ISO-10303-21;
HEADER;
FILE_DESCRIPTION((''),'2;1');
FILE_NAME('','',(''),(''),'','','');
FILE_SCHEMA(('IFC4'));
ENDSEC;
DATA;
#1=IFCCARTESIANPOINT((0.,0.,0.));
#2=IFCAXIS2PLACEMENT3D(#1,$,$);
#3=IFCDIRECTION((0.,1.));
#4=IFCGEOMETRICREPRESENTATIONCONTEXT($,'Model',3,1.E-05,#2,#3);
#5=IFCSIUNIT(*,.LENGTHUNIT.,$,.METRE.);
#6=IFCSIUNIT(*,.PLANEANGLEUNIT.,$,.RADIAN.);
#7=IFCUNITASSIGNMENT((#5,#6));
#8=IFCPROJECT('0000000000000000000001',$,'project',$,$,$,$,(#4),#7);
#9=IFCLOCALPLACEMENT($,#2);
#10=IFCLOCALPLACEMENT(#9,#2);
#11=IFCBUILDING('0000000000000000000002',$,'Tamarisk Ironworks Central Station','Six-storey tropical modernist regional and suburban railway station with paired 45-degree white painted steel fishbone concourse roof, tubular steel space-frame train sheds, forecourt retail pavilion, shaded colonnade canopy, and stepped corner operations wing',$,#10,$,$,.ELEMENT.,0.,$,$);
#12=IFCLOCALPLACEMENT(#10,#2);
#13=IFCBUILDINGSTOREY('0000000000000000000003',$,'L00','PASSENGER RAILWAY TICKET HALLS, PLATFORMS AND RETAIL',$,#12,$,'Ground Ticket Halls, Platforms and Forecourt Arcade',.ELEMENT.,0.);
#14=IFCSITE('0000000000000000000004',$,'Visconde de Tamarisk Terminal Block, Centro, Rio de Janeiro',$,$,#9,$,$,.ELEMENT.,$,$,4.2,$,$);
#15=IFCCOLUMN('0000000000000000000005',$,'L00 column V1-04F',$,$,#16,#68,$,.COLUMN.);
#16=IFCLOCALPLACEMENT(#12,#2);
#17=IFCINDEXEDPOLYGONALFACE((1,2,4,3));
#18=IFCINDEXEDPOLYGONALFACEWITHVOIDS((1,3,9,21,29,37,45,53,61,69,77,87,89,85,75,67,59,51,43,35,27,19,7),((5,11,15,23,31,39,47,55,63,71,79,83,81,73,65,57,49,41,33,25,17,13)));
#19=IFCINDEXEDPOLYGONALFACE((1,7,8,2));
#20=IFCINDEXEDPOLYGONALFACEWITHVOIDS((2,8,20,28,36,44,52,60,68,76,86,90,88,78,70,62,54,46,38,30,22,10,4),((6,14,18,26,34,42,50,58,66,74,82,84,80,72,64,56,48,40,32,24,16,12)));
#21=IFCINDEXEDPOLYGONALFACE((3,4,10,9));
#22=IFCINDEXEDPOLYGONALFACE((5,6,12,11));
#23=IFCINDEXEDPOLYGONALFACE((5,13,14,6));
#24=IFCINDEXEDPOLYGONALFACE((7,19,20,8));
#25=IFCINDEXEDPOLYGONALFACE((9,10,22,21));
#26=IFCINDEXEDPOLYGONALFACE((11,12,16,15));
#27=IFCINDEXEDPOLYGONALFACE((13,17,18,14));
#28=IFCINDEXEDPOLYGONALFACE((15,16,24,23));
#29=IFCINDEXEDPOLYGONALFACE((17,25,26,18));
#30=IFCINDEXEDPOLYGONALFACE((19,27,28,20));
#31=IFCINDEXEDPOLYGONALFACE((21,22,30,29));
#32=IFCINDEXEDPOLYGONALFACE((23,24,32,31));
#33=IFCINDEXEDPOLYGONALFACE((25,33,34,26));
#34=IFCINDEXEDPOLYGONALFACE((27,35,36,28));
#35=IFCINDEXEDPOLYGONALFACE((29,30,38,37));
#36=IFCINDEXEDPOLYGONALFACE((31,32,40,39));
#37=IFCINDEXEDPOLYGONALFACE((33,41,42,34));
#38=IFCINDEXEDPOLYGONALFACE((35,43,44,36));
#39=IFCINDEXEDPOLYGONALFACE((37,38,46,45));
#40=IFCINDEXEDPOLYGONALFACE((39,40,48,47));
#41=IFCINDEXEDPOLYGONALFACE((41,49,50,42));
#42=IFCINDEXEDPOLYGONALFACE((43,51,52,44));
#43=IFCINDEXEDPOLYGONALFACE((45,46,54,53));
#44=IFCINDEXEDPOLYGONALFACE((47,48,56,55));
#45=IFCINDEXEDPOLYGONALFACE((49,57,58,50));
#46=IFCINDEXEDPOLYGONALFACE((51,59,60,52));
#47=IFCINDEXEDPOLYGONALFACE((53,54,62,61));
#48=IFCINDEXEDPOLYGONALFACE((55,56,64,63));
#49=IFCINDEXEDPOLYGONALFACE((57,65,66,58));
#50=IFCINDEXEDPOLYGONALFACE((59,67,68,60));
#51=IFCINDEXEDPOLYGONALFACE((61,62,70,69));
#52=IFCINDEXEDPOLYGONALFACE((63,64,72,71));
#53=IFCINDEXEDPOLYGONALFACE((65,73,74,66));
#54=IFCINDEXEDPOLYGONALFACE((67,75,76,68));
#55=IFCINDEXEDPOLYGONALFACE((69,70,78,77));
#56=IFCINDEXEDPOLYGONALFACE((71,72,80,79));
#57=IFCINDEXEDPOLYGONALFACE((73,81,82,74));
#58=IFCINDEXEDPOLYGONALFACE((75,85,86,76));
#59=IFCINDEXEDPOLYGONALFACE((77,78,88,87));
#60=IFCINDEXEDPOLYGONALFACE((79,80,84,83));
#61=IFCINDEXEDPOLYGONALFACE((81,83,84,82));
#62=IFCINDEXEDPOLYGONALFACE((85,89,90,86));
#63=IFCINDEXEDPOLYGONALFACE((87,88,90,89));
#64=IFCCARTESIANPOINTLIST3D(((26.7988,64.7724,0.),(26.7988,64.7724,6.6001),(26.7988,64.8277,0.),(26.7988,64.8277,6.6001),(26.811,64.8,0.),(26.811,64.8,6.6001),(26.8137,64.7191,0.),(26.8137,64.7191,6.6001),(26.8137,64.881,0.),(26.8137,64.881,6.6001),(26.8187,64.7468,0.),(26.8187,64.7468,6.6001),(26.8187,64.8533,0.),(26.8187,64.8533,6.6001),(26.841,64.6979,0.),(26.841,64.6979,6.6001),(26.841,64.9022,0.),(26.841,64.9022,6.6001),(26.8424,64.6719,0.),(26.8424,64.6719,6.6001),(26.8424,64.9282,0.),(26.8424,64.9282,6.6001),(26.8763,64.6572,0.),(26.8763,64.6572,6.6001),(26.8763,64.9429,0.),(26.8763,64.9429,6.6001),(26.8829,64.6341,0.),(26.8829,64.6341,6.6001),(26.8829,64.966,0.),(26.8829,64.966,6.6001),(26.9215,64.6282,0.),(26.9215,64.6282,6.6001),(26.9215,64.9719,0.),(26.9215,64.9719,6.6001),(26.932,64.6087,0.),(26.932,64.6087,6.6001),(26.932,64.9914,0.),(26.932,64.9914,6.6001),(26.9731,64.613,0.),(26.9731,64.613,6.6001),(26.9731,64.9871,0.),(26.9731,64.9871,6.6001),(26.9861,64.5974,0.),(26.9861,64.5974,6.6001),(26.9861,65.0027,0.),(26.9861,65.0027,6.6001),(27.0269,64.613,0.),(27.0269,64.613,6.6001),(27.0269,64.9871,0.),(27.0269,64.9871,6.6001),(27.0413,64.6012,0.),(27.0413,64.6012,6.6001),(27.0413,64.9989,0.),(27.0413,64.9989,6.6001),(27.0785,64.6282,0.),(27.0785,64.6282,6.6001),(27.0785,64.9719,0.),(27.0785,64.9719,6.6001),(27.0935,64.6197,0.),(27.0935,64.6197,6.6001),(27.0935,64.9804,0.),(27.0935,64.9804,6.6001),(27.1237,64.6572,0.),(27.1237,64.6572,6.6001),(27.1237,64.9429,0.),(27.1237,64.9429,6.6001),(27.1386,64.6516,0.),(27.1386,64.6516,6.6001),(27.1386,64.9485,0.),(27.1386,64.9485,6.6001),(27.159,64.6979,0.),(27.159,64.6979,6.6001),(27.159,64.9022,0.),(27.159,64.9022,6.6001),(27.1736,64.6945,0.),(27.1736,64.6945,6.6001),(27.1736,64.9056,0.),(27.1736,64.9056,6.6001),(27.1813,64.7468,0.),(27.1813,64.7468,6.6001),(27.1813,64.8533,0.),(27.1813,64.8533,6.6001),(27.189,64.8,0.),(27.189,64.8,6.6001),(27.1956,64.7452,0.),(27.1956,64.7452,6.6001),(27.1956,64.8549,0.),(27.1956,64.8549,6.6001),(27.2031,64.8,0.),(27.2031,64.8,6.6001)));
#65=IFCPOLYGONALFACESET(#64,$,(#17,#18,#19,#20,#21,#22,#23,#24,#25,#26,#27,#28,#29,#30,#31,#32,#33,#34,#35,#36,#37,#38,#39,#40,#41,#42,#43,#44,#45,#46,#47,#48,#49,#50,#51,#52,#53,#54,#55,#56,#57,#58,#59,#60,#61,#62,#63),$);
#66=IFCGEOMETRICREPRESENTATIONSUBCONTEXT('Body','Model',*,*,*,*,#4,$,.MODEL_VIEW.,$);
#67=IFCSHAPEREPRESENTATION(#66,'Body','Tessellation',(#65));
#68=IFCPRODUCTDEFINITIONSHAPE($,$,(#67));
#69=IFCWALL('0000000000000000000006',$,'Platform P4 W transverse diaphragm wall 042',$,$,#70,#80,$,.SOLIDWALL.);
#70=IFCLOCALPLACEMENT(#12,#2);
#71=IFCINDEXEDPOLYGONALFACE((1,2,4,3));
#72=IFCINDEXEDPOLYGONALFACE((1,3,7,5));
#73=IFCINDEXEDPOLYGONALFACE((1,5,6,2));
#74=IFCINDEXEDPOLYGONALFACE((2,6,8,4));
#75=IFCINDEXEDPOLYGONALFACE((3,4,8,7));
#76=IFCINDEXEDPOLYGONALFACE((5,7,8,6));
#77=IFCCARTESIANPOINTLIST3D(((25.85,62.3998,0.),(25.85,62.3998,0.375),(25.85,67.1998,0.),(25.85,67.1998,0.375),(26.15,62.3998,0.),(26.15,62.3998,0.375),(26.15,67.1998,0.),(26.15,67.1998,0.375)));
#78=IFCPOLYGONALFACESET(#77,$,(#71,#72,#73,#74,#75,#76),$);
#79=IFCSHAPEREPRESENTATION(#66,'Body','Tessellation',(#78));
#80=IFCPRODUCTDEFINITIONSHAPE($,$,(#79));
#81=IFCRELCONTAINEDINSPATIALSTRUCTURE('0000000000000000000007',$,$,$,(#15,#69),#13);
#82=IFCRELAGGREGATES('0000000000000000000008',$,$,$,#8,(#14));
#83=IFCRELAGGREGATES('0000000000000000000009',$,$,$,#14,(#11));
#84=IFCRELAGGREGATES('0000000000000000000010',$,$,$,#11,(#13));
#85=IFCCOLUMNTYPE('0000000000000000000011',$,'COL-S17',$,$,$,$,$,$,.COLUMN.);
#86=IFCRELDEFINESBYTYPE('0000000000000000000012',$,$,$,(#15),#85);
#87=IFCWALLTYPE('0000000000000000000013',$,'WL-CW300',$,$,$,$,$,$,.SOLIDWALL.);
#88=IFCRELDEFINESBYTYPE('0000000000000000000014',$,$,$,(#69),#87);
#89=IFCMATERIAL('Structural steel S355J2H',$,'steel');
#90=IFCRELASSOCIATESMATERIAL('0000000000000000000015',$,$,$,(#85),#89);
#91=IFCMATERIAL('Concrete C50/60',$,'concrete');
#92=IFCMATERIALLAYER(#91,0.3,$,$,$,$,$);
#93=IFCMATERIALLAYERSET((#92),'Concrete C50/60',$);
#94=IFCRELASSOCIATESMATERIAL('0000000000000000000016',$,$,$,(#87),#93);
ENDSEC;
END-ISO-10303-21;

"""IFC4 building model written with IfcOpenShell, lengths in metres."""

from ifc_helpers import new_model, si_unit, direction, frame, frame_2d, origin, origin_2d, place, context, subcontext, project, spatial, rectangle, hollow_circle, extrude, material, layer, layer_set, material_profile, profile_set, type_object, element, save


model = new_model("IFC4")

# Units and contexts
model_context = context("Model", 3, precision=1e-05, world=origin(), true_north=direction((0.0, 1.0)))
body_context = subcontext(model_context, "Body", "Model", "MODEL_VIEW")
ifc_project = project(units=[si_unit("LENGTHUNIT", "METRE"), si_unit("PLANEANGLEUNIT", "RADIAN")], contexts=[model_context])

# Site, building, storey
site_placement = place(None, origin())
site = spatial("IfcSite", under=ifc_project, at=site_placement, Name="Visconde de Tamarisk Terminal Block, Centro, Rio de Janeiro", CompositionType="ELEMENT", RefElevation=4.2)
building_placement = place(site_placement, origin())
building = spatial("IfcBuilding", under=site, at=building_placement, Name="Tamarisk Ironworks Central Station", Description="Six-storey tropical modernist regional and suburban railway station with paired 45-degree white painted steel fishbone concourse roof, tubular steel space-frame train sheds, forecourt retail pavilion, shaded colonnade canopy, and stepped corner operations wing", CompositionType="ELEMENT", ElevationOfRefHeight=0.0)
storey_placement = place(building_placement, origin())
storey = spatial("IfcBuildingStorey", under=building, at=storey_placement, Name="L00", Description="PASSENGER RAILWAY TICKET HALLS, PLATFORMS AND RETAIL", LongName="Ground Ticket Halls, Platforms and Forecourt Arcade", CompositionType="ELEMENT", Elevation=0.0)

# Column
ifc_material_1 = material(Name="Structural steel S355J2H", Category="steel")
ifc_material_profile_1 = material_profile(ifc_material_1, hollow_circle(Radius=0.2031, WallThickness=0.0142, at=origin_2d()), Name="CHS 406.4x14.2")
ifc_profile_set_1 = profile_set([ifc_material_profile_1], Name="Structural steel S355J2H")
column_type_1 = type_object("IfcColumnType", Name="COL-S17", PredefinedType="COLUMN", material=ifc_profile_set_1)
for number, where, z_axis, x_axis, name in (
    (1, (27.0, 64.8, 0.0), (0.0, 0.0, 1.0), (1.0, 0.0, 0.0), "L00 column V1-04F"),
):
    element("IfcColumn", number, at=place(storey_placement, frame(where, z_axis=z_axis, x_axis=x_axis)), inside=storey, type_object=column_type_1, Name=name, PredefinedType="COLUMN", context=body_context, shape_type="SweptSolid", body=[
        extrude(hollow_circle(Radius=0.2031, WallThickness=0.0142, at=origin_2d()), origin(), (0.0, 0.0, 1.0), 6.6001),
    ])

# Wall
ifc_material_2 = material(Name="Concrete C50/60", Category="concrete")
ifc_layer = layer(ifc_material_2, 0.3)
ifc_layer_set = layer_set([ifc_layer], Name="Concrete C50/60")
wall_type = type_object("IfcWallType", Name="WL-CW300", PredefinedType="SOLIDWALL", material=ifc_layer_set)
wall_placement = place(storey_placement, frame((26.0, 62.3999, 0.0), z_axis=(0.0, 0.0, 1.0), x_axis=(0.0, 1.0, 0.0)))
element("IfcWall", 2, at=wall_placement, inside=storey, type_object=wall_type, Name="Platform P4 W transverse diaphragm wall 042", PredefinedType="SOLIDWALL", context=body_context, shape_type="SweptSolid", body=[
    extrude(rectangle(XDim=4.8, YDim=0.3, at=frame_2d((2.3999, 0.0))), origin(), (0.0, 0.0, 1.0), 0.375),
])

save(model, "model.ifc")
